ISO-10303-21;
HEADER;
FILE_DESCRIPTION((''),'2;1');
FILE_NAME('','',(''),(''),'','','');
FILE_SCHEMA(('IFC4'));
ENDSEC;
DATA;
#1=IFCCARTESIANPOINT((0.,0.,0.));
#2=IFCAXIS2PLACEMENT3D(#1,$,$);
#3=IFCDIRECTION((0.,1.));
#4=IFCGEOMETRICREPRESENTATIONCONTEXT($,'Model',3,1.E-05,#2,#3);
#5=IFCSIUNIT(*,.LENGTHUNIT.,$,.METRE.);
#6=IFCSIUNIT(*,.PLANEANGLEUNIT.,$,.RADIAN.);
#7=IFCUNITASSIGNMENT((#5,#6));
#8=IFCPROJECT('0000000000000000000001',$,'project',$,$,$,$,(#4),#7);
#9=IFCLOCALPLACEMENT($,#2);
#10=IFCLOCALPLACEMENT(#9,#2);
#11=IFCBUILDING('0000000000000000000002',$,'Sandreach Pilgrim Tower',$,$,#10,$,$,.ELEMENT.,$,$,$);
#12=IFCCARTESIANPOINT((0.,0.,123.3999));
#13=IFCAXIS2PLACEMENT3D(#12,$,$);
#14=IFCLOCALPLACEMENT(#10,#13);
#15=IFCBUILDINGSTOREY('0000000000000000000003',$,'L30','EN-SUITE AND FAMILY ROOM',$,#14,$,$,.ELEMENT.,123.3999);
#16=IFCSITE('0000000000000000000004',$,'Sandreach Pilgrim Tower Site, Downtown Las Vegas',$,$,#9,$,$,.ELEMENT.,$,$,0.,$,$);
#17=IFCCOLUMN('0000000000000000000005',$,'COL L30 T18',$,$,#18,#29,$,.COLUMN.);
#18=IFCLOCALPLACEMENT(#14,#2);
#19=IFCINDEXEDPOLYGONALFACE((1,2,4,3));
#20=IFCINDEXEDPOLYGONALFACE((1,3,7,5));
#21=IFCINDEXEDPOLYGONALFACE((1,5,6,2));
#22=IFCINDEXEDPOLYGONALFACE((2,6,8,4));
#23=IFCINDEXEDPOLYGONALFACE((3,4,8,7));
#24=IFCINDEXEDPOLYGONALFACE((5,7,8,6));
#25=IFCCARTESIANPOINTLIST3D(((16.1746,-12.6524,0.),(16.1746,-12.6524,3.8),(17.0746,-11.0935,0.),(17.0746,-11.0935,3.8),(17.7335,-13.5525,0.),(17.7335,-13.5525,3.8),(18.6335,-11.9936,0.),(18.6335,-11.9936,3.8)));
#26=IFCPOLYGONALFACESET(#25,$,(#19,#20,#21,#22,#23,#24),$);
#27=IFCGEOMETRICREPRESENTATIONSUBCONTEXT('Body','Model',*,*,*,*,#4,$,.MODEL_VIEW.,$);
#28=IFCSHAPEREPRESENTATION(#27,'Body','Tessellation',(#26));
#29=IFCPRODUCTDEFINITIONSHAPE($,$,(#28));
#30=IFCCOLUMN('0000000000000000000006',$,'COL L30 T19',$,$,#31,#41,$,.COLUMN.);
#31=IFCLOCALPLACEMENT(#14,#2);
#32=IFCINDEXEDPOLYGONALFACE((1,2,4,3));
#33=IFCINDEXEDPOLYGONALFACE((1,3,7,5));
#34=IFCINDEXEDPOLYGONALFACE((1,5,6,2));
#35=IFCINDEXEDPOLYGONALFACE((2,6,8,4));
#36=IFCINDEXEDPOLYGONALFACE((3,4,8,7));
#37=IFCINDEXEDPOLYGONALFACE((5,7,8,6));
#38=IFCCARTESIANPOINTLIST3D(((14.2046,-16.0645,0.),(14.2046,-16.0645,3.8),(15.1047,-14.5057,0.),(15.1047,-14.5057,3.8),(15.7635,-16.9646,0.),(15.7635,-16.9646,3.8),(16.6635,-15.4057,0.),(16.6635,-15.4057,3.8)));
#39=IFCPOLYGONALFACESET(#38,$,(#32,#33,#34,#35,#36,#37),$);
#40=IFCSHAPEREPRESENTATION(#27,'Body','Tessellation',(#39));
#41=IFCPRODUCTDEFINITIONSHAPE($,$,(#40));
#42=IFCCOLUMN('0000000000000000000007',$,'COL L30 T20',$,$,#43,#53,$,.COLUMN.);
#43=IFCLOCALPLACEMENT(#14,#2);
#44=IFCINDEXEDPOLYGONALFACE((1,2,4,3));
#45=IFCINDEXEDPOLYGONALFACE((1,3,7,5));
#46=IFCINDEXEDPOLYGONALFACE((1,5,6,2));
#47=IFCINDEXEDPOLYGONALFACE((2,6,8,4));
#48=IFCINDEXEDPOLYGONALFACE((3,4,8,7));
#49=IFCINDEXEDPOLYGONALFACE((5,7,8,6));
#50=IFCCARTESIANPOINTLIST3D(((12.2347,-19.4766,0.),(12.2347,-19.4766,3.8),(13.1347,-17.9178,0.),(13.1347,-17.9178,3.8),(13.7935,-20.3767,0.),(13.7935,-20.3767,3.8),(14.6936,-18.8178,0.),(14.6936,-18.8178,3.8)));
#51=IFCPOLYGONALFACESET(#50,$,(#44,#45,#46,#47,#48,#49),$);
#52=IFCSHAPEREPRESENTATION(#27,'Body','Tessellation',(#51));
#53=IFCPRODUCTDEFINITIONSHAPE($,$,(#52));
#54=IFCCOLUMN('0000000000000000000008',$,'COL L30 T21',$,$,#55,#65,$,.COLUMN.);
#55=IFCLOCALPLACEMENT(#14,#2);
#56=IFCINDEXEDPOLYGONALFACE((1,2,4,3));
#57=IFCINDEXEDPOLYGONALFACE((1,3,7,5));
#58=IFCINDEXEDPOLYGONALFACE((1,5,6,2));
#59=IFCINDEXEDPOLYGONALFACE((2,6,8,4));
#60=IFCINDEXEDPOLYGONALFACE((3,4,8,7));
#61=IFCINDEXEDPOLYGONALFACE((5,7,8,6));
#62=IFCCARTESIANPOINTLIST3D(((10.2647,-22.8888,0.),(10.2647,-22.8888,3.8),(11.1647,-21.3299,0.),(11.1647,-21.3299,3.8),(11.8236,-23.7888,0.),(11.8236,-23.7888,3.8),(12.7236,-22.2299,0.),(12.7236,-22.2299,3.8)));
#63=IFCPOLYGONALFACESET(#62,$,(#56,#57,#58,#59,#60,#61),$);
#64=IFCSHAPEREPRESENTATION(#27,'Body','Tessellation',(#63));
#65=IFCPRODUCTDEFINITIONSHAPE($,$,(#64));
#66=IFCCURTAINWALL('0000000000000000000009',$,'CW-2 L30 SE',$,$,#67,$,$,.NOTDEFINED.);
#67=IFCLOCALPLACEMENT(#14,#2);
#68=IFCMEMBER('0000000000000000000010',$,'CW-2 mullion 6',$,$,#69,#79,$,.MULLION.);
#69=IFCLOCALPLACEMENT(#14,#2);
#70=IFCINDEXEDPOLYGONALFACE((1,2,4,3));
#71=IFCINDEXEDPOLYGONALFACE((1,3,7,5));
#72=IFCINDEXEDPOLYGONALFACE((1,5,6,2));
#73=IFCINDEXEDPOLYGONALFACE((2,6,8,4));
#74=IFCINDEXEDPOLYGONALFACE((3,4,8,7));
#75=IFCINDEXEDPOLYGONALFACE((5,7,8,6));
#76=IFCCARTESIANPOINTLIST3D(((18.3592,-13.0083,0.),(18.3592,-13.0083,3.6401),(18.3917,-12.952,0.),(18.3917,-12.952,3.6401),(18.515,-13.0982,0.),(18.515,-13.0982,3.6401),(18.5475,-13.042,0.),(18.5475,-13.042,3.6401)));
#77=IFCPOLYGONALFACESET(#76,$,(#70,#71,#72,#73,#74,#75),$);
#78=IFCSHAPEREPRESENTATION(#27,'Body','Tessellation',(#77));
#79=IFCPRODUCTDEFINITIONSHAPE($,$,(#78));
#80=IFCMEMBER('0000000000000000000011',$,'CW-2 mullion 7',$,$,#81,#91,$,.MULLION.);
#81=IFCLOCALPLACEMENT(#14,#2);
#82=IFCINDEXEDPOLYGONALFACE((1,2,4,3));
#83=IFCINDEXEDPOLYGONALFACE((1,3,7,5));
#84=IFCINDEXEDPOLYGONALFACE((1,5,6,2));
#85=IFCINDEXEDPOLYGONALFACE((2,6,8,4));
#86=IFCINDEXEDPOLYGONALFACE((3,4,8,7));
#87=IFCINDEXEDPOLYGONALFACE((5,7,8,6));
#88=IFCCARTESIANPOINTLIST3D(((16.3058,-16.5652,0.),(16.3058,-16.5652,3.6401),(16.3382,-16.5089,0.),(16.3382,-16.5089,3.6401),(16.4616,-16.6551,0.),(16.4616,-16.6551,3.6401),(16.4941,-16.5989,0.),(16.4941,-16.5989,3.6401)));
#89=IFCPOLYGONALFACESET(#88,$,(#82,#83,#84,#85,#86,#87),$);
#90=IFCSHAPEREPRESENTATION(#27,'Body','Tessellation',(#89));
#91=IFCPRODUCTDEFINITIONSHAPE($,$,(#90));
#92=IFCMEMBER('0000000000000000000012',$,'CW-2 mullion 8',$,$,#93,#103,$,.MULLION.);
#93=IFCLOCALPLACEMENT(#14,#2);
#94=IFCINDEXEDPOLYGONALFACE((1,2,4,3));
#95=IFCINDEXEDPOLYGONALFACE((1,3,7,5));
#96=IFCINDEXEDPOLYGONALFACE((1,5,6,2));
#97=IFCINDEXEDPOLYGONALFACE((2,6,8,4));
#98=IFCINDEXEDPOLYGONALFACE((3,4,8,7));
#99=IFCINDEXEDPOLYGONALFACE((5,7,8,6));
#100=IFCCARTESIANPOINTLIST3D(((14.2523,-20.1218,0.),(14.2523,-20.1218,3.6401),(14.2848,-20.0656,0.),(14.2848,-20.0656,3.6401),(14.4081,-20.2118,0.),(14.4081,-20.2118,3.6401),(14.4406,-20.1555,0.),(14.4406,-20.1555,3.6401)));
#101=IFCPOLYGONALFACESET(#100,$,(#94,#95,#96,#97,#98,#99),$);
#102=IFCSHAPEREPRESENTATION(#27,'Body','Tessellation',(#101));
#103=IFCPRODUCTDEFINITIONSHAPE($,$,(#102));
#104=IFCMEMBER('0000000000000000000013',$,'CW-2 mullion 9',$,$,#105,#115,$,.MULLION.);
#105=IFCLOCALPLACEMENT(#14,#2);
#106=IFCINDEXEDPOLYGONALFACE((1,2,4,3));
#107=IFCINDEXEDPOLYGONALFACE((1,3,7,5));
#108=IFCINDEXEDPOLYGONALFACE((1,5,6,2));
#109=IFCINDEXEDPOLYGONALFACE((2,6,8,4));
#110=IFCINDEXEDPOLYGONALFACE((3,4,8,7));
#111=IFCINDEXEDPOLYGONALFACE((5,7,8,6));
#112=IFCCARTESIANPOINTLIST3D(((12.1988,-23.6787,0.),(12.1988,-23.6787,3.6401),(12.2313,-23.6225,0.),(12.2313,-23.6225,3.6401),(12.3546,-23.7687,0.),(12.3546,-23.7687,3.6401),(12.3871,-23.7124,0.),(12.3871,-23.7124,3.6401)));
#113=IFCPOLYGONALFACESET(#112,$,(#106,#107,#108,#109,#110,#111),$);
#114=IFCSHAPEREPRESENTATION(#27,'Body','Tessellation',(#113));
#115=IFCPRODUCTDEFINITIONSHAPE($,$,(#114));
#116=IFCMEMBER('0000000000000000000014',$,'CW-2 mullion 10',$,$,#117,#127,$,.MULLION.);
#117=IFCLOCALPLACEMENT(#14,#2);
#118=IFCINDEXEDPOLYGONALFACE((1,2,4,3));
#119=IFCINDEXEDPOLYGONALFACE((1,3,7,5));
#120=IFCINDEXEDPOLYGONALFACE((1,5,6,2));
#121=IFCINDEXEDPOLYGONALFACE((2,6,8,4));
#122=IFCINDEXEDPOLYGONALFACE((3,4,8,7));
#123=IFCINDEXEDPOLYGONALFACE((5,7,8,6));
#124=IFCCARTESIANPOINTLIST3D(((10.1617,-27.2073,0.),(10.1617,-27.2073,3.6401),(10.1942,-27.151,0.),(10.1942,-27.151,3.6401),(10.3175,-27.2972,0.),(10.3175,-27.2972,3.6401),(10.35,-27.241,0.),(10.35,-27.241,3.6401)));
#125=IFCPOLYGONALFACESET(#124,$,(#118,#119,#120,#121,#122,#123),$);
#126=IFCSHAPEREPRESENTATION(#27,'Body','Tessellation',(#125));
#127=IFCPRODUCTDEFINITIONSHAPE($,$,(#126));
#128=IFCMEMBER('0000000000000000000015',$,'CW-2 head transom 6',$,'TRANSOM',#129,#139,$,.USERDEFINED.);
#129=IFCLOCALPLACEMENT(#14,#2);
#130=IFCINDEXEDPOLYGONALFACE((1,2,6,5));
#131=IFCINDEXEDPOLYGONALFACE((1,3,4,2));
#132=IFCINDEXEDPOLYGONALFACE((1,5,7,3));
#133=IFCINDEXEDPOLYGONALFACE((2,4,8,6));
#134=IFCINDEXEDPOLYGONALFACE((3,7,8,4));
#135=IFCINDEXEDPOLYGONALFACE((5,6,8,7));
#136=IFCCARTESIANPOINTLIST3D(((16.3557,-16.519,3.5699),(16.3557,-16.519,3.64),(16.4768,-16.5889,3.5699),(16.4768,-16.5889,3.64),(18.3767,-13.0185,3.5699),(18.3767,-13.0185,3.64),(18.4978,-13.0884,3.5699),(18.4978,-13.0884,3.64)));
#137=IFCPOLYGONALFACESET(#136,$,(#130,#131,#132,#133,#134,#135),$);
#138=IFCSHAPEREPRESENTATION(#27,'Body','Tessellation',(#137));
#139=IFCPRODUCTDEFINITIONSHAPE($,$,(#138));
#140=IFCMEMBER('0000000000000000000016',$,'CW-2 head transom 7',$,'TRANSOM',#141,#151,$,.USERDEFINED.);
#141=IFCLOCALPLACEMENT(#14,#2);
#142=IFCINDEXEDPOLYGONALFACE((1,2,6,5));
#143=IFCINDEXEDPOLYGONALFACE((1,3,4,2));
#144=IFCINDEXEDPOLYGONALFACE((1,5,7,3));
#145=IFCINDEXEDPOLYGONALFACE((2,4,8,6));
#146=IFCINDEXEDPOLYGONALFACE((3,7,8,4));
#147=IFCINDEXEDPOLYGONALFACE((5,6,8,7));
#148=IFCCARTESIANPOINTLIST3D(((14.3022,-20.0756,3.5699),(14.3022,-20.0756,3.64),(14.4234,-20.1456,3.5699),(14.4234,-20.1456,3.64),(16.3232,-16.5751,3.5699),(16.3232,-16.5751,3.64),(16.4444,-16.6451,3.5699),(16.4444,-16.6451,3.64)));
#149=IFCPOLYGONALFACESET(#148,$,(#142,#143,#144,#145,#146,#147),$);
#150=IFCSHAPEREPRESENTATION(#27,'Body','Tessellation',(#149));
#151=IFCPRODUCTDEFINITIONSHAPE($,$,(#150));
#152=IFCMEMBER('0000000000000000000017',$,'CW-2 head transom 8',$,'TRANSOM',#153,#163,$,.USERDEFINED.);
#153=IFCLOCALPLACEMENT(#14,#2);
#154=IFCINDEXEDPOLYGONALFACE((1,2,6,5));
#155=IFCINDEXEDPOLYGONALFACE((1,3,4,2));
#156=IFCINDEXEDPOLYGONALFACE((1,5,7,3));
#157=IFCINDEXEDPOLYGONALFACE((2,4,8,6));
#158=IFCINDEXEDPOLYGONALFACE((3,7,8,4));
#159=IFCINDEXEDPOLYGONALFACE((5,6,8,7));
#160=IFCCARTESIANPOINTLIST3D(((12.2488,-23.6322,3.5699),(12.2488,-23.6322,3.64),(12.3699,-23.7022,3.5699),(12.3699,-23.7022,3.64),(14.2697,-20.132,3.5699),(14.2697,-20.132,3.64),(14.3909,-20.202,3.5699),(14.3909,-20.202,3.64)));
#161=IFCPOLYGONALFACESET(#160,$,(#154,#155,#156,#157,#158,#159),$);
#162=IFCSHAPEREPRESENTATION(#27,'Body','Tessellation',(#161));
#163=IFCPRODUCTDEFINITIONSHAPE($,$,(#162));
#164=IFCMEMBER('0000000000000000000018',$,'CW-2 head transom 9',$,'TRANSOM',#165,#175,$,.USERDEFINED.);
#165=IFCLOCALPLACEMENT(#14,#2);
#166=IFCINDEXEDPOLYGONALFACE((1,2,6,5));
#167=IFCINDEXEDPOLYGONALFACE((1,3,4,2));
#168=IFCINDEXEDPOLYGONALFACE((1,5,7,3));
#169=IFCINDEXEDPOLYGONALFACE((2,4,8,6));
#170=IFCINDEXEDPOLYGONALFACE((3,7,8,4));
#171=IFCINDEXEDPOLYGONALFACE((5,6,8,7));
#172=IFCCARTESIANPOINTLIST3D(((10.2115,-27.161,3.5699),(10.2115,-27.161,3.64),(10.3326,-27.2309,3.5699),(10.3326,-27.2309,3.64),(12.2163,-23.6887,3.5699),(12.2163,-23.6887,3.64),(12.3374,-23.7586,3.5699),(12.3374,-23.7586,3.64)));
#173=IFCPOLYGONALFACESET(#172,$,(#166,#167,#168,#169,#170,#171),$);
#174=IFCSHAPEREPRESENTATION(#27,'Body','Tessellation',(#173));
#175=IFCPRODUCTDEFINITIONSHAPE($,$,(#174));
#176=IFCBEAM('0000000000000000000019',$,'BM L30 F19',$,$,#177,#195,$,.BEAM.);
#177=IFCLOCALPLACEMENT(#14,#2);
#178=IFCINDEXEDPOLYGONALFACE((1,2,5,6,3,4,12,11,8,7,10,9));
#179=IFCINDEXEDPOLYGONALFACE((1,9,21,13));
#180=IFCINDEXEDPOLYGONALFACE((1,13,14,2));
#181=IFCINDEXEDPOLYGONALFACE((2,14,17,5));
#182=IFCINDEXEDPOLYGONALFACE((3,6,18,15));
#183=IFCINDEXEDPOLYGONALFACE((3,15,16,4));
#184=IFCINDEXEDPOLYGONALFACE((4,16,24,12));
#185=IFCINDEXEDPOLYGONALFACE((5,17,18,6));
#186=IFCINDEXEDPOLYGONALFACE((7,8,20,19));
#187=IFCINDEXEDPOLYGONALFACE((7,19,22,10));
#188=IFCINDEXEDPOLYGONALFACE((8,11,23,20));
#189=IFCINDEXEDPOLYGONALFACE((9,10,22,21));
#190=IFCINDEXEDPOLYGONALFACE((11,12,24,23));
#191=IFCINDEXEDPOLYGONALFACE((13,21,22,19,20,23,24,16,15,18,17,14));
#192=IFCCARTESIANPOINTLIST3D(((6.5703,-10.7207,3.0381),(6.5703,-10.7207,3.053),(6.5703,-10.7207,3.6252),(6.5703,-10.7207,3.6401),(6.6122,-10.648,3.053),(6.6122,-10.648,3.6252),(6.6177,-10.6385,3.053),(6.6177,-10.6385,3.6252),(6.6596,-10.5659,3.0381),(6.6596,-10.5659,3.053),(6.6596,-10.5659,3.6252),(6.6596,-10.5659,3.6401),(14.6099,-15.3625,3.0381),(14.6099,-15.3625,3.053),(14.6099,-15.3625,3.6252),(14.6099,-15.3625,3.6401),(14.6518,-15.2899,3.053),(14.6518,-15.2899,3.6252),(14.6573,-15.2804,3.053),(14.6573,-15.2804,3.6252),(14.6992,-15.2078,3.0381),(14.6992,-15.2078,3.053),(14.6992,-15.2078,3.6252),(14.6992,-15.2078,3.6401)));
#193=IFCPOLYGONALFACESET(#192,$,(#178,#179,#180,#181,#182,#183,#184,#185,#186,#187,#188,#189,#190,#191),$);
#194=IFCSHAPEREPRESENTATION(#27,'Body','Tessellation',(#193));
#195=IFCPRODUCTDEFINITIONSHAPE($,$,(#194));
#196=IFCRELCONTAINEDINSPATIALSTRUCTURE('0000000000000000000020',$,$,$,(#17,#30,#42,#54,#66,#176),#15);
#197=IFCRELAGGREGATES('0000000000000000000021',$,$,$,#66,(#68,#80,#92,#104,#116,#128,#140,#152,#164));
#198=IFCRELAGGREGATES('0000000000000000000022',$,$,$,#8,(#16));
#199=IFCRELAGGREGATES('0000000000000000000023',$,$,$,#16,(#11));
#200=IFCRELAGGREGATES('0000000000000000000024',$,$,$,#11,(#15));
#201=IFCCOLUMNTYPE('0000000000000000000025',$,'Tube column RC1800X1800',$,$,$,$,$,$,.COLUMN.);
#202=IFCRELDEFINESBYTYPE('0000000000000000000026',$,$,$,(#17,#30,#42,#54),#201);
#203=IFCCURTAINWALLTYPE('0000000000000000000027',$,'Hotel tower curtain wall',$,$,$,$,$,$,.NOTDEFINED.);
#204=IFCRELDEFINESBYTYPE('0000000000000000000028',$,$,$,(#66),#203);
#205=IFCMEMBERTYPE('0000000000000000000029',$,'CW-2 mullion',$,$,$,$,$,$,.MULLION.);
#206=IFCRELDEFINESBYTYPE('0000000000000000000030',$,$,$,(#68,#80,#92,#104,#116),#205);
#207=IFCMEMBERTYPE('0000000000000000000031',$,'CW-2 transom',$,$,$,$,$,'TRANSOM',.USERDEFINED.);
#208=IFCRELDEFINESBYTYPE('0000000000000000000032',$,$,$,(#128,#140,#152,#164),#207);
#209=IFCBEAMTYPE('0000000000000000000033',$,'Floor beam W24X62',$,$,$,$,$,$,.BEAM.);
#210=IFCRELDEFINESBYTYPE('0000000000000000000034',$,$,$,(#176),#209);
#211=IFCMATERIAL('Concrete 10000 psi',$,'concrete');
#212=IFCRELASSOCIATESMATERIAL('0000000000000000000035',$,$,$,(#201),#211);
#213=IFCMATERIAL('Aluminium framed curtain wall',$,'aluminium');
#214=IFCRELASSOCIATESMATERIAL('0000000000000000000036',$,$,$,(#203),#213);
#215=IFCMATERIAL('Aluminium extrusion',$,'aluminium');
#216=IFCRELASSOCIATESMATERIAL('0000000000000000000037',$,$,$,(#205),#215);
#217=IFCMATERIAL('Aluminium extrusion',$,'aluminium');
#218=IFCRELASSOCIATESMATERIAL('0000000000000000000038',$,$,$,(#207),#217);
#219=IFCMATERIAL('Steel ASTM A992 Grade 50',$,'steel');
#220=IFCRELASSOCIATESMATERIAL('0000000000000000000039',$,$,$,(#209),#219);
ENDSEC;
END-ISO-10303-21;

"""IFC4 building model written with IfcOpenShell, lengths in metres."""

from ifc_helpers import new_model, si_unit, direction, frame, origin, origin_2d, place, context, subcontext, project, spatial, rectangle, i_section, extrude, material, material_profile, profile_set, type_object, element, aggregate, save


model = new_model("IFC4")

# Units and contexts
model_context = context("Model", 3, precision=1e-05, world=origin(), true_north=direction((0.0, 1.0)))
body_context = subcontext(model_context, "Body", "Model", "MODEL_VIEW")
ifc_project = project(units=[si_unit("LENGTHUNIT", "METRE"), si_unit("PLANEANGLEUNIT", "RADIAN")], contexts=[model_context])

# Site, building, storey
site_placement = place(None, origin())
site = spatial("IfcSite", under=ifc_project, at=site_placement, Name="Sandreach Pilgrim Tower Site, Downtown Las Vegas", CompositionType="ELEMENT", RefElevation=0.0)
building_placement = place(site_placement, origin())
building = spatial("IfcBuilding", under=site, at=building_placement, Name="Sandreach Pilgrim Tower", CompositionType="ELEMENT")
storey_placement = place(building_placement, frame((0.0, 0.0, 123.3999)))
storey = spatial("IfcBuildingStorey", under=building, at=storey_placement, Name="L30", Description="EN-SUITE AND FAMILY ROOM", CompositionType="ELEMENT", Elevation=123.3999)

# Columns
ifc_material_1 = material(Name="Concrete 10000 psi", Category="concrete")
ifc_material_profile_1 = material_profile(ifc_material_1, rectangle(XDim=1.8, YDim=1.8, at=origin_2d()), Name="RC1800X1800")
ifc_profile_set_1 = profile_set([ifc_material_profile_1], Name="Concrete 10000 psi")
column_type = type_object("IfcColumnType", Name="Tube column RC1800X1800", PredefinedType="COLUMN", material=ifc_profile_set_1)
for number, where, z_axis, x_axis, name in (
    (1, (17.4041, -12.323, 0.0), (0.0, 0.0, 1.0), (0.866025, -0.5, 0.0), "COL L30 T18"),
    (2, (15.4341, -15.7351, 0.0), (0.0, 0.0, 1.0), (0.866025, -0.5, 0.0), "COL L30 T19"),
    (3, (13.4641, -19.1472, 0.0), (0.0, 0.0, 1.0), (0.866025, -0.5, 0.0), "COL L30 T20"),
    (4, (11.4941, -22.5593, 0.0), (0.0, 0.0, 1.0), (0.866025, -0.5, 0.0), "COL L30 T21"),
):
    element("IfcColumn", number, at=place(storey_placement, frame(where, z_axis=z_axis, x_axis=x_axis)), inside=storey, type_object=column_type, Name=name, PredefinedType="COLUMN", context=body_context, shape_type="SweptSolid", body=[
        extrude(rectangle(XDim=1.8, YDim=1.8, at=origin_2d()), origin(), (0.0, 0.0, 1.0), 3.8),
    ])

# Curtain wall, members
ifc_material_2 = material(Name="Aluminium framed curtain wall", Category="aluminium")
curtain_wall_type = type_object("IfcCurtainWallType", Name="Hotel tower curtain wall", PredefinedType="NOTDEFINED", material=ifc_material_2)
curtain_wall_placement = place(storey_placement, origin())
curtain_wall = element("IfcCurtainWall", 5, at=curtain_wall_placement, inside=storey, type_object=curtain_wall_type, Name="CW-2 L30 SE", PredefinedType="NOTDEFINED")
ifc_material_3 = material(Name="Aluminium extrusion", Category="aluminium")
ifc_material_profile_2 = material_profile(ifc_material_3, rectangle(XDim=0.0649, YDim=0.1799, at=origin_2d()), Name="CW-2M 65X180")
ifc_profile_set_2 = profile_set([ifc_material_profile_2], Name="Aluminium extrusion")
member_type_1 = type_object("IfcMemberType", Name="CW-2 mullion", PredefinedType="MULLION", material=ifc_profile_set_2)
member_1_placement = place(storey_placement, frame((18.4534, -13.0251, 0.0), z_axis=(0.0, 0.0, 1.0), x_axis=(-0.5, -0.866025, 0.0)))
member_1 = element("IfcMember", 6, at=member_1_placement, type_object=member_type_1, Name="CW-2 mullion 6", PredefinedType="MULLION", context=body_context, shape_type="SweptSolid", body=[
    extrude(rectangle(XDim=0.0649, YDim=0.1799, at=origin_2d()), origin(), (0.0, 0.0, 1.0), 3.6401),
])
member_2_placement = place(storey_placement, frame((16.3999, -16.582, 0.0), z_axis=(0.0, 0.0, 1.0), x_axis=(-0.5, -0.866025, 0.0)))
member_2 = element("IfcMember", 7, at=member_2_placement, type_object=member_type_1, Name="CW-2 mullion 7", PredefinedType="MULLION", context=body_context, shape_type="SweptSolid", body=[
    extrude(rectangle(XDim=0.0649, YDim=0.1799, at=origin_2d()), origin(), (0.0, 0.0, 1.0), 3.6401),
])
member_3_placement = place(storey_placement, frame((14.3464, -20.1387, 0.0), z_axis=(0.0, 0.0, 1.0), x_axis=(-0.5, -0.866025, 0.0)))
member_3 = element("IfcMember", 8, at=member_3_placement, type_object=member_type_1, Name="CW-2 mullion 8", PredefinedType="MULLION", context=body_context, shape_type="SweptSolid", body=[
    extrude(rectangle(XDim=0.0649, YDim=0.1799, at=origin_2d()), origin(), (0.0, 0.0, 1.0), 3.6401),
])
member_4_placement = place(storey_placement, frame((12.293, -23.6956, 0.0), z_axis=(0.0, 0.0, 1.0), x_axis=(-0.5, -0.866025, 0.0)))
member_4 = element("IfcMember", 9, at=member_4_placement, type_object=member_type_1, Name="CW-2 mullion 9", PredefinedType="MULLION", context=body_context, shape_type="SweptSolid", body=[
    extrude(rectangle(XDim=0.0649, YDim=0.1799, at=origin_2d()), origin(), (0.0, 0.0, 1.0), 3.6401),
])
member_5_placement = place(storey_placement, frame((10.2559, -27.2241, 0.0), z_axis=(0.0, 0.0, 1.0), x_axis=(-0.5, -0.866025, 0.0)))
member_5 = element("IfcMember", 10, at=member_5_placement, type_object=member_type_1, Name="CW-2 mullion 10", PredefinedType="MULLION", context=body_context, shape_type="SweptSolid", body=[
    extrude(rectangle(XDim=0.0649, YDim=0.1799, at=origin_2d()), origin(), (0.0, 0.0, 1.0), 3.6401),
])
ifc_material_4 = material(Name="Aluminium extrusion", Category="aluminium")
ifc_material_profile_3 = material_profile(ifc_material_4, rectangle(XDim=0.1399, YDim=0.0701, at=origin_2d()), Name="CW-2T 140X70")
ifc_profile_set_3 = profile_set([ifc_material_profile_3], Name="Aluminium extrusion")
member_type_2 = type_object("IfcMemberType", Name="CW-2 transom", ElementType="TRANSOM", PredefinedType="USERDEFINED", material=ifc_profile_set_3)
member_6_placement = place(storey_placement, frame((18.4373, -13.0535, 3.605), z_axis=(-0.499998, -0.866027, 0.0), x_axis=(0.866027, -0.499998, 0.0)))
member_6 = element("IfcMember", 11, at=member_6_placement, type_object=member_type_2, Name="CW-2 head transom 6", ObjectType="TRANSOM", PredefinedType="USERDEFINED", context=body_context, shape_type="SweptSolid", body=[
    extrude(rectangle(XDim=0.1399, YDim=0.0701, at=origin_2d()), origin(), (0.0, 0.0, 1.0), 4.042),
])
member_7_placement = place(storey_placement, frame((16.3838, -16.6101, 3.605), z_axis=(-0.499998, -0.866027, 0.0), x_axis=(0.866027, -0.499998, 0.0)))
member_7 = element("IfcMember", 12, at=member_7_placement, type_object=member_type_2, Name="CW-2 head transom 7", ObjectType="TRANSOM", PredefinedType="USERDEFINED", context=body_context, shape_type="SweptSolid", body=[
    extrude(rectangle(XDim=0.1399, YDim=0.0701, at=origin_2d()), origin(), (0.0, 0.0, 1.0), 4.042),
])
member_8_placement = place(storey_placement, frame((14.3303, -20.167, 3.605), z_axis=(-0.500024, -0.866012, 0.0), x_axis=(0.866012, -0.500024, 0.0)))
member_8 = element("IfcMember", 13, at=member_8_placement, type_object=member_type_2, Name="CW-2 head transom 8", ObjectType="TRANSOM", PredefinedType="USERDEFINED", context=body_context, shape_type="SweptSolid", body=[
    extrude(rectangle(XDim=0.1399, YDim=0.0701, at=origin_2d()), origin(), (0.0, 0.0, 1.0), 4.0417),
])
member_9_placement = place(storey_placement, frame((12.2769, -23.7236, 3.605), z_axis=(-0.500016, -0.866016, 0.0), x_axis=(0.866016, -0.500016, 0.0)))
member_9 = element("IfcMember", 14, at=member_9_placement, type_object=member_type_2, Name="CW-2 head transom 9", ObjectType="TRANSOM", PredefinedType="USERDEFINED", context=body_context, shape_type="SweptSolid", body=[
    extrude(rectangle(XDim=0.1399, YDim=0.0701, at=origin_2d()), origin(), (0.0, 0.0, 1.0), 4.0095),
])

# Beam
ifc_material_5 = material(Name="Steel ASTM A992 Grade 50", Category="steel")
ifc_material_profile_4 = material_profile(ifc_material_5, i_section(OverallWidth=0.1787, OverallDepth=0.6021, WebThickness=0.011, FlangeThickness=0.0149, at=origin_2d()), Name="W24X62")
ifc_profile_set_4 = profile_set([ifc_material_profile_4], Name="Steel ASTM A992 Grade 50")
beam_type_1 = type_object("IfcBeamType", Name="Floor beam W24X62", PredefinedType="BEAM", material=ifc_profile_set_4)
beam_1_placement = place(storey_placement, frame((14.6545, -15.2852, 3.3391), z_axis=(-0.866016, 0.500017, 0.0), x_axis=(-0.500017, -0.866016, 0.0)))
element("IfcBeam", 15, at=beam_1_placement, inside=storey, type_object=beam_type_1, Name="BM L30 F19", PredefinedType="BEAM", context=body_context, shape_type="SweptSolid", body=[
    extrude(i_section(OverallWidth=0.1787, OverallDepth=0.6021, WebThickness=0.011, FlangeThickness=0.0149, at=origin_2d()), origin(), (0.0, 0.0, 1.0), 9.2834),
])

aggregate(curtain_wall, [member_1, member_2, member_3, member_4, member_5, member_6, member_7, member_8, member_9])

save(model, "model.ifc")
